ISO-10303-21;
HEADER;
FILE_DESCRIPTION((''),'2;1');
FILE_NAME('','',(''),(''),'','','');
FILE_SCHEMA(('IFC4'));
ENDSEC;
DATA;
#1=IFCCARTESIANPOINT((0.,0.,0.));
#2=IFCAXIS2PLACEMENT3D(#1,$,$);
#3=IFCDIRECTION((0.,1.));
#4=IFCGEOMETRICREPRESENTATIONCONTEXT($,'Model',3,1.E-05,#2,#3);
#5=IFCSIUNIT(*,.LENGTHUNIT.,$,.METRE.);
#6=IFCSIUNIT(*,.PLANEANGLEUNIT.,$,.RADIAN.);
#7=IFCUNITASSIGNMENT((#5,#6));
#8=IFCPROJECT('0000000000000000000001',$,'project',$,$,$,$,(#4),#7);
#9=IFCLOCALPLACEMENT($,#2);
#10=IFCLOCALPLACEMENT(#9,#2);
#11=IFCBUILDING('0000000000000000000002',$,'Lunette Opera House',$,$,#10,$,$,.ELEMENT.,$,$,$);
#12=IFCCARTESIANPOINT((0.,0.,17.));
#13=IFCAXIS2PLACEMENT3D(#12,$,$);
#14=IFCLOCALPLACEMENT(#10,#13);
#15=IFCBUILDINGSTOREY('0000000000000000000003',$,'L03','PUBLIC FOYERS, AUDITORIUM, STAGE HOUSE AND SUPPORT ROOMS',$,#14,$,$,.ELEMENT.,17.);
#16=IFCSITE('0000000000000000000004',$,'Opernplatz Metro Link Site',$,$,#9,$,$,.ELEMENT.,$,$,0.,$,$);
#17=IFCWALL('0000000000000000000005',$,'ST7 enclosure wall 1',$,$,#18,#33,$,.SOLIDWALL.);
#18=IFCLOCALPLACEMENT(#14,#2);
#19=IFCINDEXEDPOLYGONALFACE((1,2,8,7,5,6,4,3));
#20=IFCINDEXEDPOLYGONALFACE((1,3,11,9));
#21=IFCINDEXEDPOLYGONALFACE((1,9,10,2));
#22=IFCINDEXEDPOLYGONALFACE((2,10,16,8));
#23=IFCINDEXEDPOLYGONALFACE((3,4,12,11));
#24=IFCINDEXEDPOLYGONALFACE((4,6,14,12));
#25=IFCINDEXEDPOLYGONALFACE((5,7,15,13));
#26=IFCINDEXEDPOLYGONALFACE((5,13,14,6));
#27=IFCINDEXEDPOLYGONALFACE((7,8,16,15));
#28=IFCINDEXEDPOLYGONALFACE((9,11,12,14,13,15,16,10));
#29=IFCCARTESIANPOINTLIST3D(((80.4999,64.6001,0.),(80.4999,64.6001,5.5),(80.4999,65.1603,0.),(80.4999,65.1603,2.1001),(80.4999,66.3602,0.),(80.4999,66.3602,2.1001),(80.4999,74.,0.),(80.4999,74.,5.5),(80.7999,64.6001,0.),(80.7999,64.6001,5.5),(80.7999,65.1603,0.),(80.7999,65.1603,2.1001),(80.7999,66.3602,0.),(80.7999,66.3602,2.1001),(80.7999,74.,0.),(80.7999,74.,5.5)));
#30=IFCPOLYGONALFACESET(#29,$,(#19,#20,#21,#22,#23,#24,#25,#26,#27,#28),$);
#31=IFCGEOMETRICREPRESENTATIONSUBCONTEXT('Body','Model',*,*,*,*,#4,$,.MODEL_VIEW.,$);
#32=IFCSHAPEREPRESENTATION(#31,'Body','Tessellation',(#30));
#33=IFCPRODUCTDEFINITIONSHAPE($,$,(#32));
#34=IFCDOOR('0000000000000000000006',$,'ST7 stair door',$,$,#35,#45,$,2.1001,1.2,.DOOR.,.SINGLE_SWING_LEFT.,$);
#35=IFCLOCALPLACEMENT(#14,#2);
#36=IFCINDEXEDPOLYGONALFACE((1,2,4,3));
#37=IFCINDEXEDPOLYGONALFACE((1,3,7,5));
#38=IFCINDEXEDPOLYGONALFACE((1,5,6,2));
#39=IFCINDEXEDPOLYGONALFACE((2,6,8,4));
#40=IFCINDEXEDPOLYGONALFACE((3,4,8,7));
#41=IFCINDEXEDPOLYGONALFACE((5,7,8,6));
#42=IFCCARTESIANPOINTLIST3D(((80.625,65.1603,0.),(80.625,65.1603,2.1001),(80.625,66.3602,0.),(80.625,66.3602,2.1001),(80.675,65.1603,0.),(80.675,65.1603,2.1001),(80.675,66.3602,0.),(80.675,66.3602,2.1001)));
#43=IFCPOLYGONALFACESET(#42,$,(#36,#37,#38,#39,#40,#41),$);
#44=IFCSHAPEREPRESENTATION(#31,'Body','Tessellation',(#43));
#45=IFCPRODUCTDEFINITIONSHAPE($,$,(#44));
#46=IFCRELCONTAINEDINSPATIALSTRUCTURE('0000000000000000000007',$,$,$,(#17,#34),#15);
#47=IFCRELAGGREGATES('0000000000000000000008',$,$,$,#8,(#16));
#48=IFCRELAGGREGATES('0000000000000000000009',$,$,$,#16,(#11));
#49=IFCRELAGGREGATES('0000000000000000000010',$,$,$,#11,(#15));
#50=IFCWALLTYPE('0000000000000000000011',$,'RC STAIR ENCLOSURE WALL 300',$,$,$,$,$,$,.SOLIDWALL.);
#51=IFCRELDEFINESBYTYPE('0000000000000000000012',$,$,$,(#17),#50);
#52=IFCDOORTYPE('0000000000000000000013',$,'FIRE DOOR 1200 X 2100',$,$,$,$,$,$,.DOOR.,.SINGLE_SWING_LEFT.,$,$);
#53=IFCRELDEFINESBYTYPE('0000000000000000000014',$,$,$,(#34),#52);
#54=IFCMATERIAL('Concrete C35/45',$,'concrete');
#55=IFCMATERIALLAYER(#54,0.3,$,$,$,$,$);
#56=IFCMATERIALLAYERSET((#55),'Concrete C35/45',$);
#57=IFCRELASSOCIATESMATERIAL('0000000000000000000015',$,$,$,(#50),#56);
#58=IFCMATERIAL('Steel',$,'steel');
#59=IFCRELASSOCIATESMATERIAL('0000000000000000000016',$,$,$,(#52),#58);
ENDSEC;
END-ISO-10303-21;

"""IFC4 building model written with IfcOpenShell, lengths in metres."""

from ifc_helpers import new_model, si_unit, direction, frame, frame_2d, origin, place, context, subcontext, project, spatial, rectangle, extrude, material, layer, layer_set, type_object, element, fill, save


model = new_model("IFC4")

# Units and contexts
model_context = context("Model", 3, precision=1e-05, world=origin(), true_north=direction((0.0, 1.0)))
body_context = subcontext(model_context, "Body", "Model", "MODEL_VIEW")
ifc_project = project(units=[si_unit("LENGTHUNIT", "METRE"), si_unit("PLANEANGLEUNIT", "RADIAN")], contexts=[model_context])

# Site, building, storey
site_placement = place(None, origin())
site = spatial("IfcSite", under=ifc_project, at=site_placement, Name="Opernplatz Metro Link Site", CompositionType="ELEMENT", RefElevation=0.0)
building_placement = place(site_placement, origin())
building = spatial("IfcBuilding", under=site, at=building_placement, Name="Lunette Opera House", CompositionType="ELEMENT")
storey_placement = place(building_placement, frame((0.0, 0.0, 17.0)))
storey = spatial("IfcBuildingStorey", under=building, at=storey_placement, Name="L03", Description="PUBLIC FOYERS, AUDITORIUM, STAGE HOUSE AND SUPPORT ROOMS", CompositionType="ELEMENT", Elevation=17.0)

# Wall, opening, door
ifc_material_1 = material(Name="Concrete C35/45", Category="concrete")
ifc_layer_1 = layer(ifc_material_1, 0.3)
ifc_layer_set_1 = layer_set([ifc_layer_1], Name="Concrete C35/45")
wall_type_1 = type_object("IfcWallType", Name="RC STAIR ENCLOSURE WALL 300", PredefinedType="SOLIDWALL", material=ifc_layer_set_1)
wall_1_placement = place(storey_placement, frame((80.6499, 64.6001, 0.0), z_axis=(0.0, 0.0, 1.0), x_axis=(0.0, 1.0, 0.0)))
wall_1 = element("IfcWall", 1, at=wall_1_placement, inside=storey, type_object=wall_type_1, Name="ST7 enclosure wall 1", PredefinedType="SOLIDWALL", context=body_context, shape_type="SweptSolid", body=[
    extrude(rectangle(XDim=9.3999, YDim=0.3, at=frame_2d((4.7, 0.0))), origin(), (0.0, 0.0, 1.0), 5.5),
])
opening_1_placement = place(wall_1_placement, frame((0.5601, 0.0, 0.0)))
opening_1 = element("IfcOpeningElement", 2, at=opening_1_placement, cuts=wall_1, PredefinedType="OPENING", context=body_context, shape_type="SweptSolid", body=[
    extrude(rectangle(XDim=1.2, YDim=2.1001, at=frame_2d((0.6001, 1.05))), frame((0.0, 0.1621, 0.0), z_axis=(0.0, -1.0, 0.0), x_axis=(1.0, 0.0, 0.0)), (0.0, 0.0, 1.0), 0.324),
])
ifc_material_2 = material(Name="Steel", Category="steel")
door_type = type_object("IfcDoorType", Name="FIRE DOOR 1200 X 2100", OperationType="SINGLE_SWING_LEFT", PredefinedType="DOOR", material=ifc_material_2)
door_placement = place(opening_1_placement, origin())
door = element("IfcDoor", 3, at=door_placement, inside=storey, type_object=door_type, Name="ST7 stair door", OperationType="SINGLE_SWING_LEFT", OverallHeight=2.1001, OverallWidth=1.2, PredefinedType="DOOR", context=body_context, shape_type="SweptSolid", body=[
    extrude(rectangle(XDim=1.2, YDim=2.1001, at=frame_2d((0.6001, 1.05))), frame((0.0, 0.0249, 0.0), z_axis=(0.0, -1.0, 0.0), x_axis=(1.0, 0.0, 0.0)), (0.0, 0.0, 1.0), 0.05),
])
fill(opening_1, door)

save(model, "model.ifc")
